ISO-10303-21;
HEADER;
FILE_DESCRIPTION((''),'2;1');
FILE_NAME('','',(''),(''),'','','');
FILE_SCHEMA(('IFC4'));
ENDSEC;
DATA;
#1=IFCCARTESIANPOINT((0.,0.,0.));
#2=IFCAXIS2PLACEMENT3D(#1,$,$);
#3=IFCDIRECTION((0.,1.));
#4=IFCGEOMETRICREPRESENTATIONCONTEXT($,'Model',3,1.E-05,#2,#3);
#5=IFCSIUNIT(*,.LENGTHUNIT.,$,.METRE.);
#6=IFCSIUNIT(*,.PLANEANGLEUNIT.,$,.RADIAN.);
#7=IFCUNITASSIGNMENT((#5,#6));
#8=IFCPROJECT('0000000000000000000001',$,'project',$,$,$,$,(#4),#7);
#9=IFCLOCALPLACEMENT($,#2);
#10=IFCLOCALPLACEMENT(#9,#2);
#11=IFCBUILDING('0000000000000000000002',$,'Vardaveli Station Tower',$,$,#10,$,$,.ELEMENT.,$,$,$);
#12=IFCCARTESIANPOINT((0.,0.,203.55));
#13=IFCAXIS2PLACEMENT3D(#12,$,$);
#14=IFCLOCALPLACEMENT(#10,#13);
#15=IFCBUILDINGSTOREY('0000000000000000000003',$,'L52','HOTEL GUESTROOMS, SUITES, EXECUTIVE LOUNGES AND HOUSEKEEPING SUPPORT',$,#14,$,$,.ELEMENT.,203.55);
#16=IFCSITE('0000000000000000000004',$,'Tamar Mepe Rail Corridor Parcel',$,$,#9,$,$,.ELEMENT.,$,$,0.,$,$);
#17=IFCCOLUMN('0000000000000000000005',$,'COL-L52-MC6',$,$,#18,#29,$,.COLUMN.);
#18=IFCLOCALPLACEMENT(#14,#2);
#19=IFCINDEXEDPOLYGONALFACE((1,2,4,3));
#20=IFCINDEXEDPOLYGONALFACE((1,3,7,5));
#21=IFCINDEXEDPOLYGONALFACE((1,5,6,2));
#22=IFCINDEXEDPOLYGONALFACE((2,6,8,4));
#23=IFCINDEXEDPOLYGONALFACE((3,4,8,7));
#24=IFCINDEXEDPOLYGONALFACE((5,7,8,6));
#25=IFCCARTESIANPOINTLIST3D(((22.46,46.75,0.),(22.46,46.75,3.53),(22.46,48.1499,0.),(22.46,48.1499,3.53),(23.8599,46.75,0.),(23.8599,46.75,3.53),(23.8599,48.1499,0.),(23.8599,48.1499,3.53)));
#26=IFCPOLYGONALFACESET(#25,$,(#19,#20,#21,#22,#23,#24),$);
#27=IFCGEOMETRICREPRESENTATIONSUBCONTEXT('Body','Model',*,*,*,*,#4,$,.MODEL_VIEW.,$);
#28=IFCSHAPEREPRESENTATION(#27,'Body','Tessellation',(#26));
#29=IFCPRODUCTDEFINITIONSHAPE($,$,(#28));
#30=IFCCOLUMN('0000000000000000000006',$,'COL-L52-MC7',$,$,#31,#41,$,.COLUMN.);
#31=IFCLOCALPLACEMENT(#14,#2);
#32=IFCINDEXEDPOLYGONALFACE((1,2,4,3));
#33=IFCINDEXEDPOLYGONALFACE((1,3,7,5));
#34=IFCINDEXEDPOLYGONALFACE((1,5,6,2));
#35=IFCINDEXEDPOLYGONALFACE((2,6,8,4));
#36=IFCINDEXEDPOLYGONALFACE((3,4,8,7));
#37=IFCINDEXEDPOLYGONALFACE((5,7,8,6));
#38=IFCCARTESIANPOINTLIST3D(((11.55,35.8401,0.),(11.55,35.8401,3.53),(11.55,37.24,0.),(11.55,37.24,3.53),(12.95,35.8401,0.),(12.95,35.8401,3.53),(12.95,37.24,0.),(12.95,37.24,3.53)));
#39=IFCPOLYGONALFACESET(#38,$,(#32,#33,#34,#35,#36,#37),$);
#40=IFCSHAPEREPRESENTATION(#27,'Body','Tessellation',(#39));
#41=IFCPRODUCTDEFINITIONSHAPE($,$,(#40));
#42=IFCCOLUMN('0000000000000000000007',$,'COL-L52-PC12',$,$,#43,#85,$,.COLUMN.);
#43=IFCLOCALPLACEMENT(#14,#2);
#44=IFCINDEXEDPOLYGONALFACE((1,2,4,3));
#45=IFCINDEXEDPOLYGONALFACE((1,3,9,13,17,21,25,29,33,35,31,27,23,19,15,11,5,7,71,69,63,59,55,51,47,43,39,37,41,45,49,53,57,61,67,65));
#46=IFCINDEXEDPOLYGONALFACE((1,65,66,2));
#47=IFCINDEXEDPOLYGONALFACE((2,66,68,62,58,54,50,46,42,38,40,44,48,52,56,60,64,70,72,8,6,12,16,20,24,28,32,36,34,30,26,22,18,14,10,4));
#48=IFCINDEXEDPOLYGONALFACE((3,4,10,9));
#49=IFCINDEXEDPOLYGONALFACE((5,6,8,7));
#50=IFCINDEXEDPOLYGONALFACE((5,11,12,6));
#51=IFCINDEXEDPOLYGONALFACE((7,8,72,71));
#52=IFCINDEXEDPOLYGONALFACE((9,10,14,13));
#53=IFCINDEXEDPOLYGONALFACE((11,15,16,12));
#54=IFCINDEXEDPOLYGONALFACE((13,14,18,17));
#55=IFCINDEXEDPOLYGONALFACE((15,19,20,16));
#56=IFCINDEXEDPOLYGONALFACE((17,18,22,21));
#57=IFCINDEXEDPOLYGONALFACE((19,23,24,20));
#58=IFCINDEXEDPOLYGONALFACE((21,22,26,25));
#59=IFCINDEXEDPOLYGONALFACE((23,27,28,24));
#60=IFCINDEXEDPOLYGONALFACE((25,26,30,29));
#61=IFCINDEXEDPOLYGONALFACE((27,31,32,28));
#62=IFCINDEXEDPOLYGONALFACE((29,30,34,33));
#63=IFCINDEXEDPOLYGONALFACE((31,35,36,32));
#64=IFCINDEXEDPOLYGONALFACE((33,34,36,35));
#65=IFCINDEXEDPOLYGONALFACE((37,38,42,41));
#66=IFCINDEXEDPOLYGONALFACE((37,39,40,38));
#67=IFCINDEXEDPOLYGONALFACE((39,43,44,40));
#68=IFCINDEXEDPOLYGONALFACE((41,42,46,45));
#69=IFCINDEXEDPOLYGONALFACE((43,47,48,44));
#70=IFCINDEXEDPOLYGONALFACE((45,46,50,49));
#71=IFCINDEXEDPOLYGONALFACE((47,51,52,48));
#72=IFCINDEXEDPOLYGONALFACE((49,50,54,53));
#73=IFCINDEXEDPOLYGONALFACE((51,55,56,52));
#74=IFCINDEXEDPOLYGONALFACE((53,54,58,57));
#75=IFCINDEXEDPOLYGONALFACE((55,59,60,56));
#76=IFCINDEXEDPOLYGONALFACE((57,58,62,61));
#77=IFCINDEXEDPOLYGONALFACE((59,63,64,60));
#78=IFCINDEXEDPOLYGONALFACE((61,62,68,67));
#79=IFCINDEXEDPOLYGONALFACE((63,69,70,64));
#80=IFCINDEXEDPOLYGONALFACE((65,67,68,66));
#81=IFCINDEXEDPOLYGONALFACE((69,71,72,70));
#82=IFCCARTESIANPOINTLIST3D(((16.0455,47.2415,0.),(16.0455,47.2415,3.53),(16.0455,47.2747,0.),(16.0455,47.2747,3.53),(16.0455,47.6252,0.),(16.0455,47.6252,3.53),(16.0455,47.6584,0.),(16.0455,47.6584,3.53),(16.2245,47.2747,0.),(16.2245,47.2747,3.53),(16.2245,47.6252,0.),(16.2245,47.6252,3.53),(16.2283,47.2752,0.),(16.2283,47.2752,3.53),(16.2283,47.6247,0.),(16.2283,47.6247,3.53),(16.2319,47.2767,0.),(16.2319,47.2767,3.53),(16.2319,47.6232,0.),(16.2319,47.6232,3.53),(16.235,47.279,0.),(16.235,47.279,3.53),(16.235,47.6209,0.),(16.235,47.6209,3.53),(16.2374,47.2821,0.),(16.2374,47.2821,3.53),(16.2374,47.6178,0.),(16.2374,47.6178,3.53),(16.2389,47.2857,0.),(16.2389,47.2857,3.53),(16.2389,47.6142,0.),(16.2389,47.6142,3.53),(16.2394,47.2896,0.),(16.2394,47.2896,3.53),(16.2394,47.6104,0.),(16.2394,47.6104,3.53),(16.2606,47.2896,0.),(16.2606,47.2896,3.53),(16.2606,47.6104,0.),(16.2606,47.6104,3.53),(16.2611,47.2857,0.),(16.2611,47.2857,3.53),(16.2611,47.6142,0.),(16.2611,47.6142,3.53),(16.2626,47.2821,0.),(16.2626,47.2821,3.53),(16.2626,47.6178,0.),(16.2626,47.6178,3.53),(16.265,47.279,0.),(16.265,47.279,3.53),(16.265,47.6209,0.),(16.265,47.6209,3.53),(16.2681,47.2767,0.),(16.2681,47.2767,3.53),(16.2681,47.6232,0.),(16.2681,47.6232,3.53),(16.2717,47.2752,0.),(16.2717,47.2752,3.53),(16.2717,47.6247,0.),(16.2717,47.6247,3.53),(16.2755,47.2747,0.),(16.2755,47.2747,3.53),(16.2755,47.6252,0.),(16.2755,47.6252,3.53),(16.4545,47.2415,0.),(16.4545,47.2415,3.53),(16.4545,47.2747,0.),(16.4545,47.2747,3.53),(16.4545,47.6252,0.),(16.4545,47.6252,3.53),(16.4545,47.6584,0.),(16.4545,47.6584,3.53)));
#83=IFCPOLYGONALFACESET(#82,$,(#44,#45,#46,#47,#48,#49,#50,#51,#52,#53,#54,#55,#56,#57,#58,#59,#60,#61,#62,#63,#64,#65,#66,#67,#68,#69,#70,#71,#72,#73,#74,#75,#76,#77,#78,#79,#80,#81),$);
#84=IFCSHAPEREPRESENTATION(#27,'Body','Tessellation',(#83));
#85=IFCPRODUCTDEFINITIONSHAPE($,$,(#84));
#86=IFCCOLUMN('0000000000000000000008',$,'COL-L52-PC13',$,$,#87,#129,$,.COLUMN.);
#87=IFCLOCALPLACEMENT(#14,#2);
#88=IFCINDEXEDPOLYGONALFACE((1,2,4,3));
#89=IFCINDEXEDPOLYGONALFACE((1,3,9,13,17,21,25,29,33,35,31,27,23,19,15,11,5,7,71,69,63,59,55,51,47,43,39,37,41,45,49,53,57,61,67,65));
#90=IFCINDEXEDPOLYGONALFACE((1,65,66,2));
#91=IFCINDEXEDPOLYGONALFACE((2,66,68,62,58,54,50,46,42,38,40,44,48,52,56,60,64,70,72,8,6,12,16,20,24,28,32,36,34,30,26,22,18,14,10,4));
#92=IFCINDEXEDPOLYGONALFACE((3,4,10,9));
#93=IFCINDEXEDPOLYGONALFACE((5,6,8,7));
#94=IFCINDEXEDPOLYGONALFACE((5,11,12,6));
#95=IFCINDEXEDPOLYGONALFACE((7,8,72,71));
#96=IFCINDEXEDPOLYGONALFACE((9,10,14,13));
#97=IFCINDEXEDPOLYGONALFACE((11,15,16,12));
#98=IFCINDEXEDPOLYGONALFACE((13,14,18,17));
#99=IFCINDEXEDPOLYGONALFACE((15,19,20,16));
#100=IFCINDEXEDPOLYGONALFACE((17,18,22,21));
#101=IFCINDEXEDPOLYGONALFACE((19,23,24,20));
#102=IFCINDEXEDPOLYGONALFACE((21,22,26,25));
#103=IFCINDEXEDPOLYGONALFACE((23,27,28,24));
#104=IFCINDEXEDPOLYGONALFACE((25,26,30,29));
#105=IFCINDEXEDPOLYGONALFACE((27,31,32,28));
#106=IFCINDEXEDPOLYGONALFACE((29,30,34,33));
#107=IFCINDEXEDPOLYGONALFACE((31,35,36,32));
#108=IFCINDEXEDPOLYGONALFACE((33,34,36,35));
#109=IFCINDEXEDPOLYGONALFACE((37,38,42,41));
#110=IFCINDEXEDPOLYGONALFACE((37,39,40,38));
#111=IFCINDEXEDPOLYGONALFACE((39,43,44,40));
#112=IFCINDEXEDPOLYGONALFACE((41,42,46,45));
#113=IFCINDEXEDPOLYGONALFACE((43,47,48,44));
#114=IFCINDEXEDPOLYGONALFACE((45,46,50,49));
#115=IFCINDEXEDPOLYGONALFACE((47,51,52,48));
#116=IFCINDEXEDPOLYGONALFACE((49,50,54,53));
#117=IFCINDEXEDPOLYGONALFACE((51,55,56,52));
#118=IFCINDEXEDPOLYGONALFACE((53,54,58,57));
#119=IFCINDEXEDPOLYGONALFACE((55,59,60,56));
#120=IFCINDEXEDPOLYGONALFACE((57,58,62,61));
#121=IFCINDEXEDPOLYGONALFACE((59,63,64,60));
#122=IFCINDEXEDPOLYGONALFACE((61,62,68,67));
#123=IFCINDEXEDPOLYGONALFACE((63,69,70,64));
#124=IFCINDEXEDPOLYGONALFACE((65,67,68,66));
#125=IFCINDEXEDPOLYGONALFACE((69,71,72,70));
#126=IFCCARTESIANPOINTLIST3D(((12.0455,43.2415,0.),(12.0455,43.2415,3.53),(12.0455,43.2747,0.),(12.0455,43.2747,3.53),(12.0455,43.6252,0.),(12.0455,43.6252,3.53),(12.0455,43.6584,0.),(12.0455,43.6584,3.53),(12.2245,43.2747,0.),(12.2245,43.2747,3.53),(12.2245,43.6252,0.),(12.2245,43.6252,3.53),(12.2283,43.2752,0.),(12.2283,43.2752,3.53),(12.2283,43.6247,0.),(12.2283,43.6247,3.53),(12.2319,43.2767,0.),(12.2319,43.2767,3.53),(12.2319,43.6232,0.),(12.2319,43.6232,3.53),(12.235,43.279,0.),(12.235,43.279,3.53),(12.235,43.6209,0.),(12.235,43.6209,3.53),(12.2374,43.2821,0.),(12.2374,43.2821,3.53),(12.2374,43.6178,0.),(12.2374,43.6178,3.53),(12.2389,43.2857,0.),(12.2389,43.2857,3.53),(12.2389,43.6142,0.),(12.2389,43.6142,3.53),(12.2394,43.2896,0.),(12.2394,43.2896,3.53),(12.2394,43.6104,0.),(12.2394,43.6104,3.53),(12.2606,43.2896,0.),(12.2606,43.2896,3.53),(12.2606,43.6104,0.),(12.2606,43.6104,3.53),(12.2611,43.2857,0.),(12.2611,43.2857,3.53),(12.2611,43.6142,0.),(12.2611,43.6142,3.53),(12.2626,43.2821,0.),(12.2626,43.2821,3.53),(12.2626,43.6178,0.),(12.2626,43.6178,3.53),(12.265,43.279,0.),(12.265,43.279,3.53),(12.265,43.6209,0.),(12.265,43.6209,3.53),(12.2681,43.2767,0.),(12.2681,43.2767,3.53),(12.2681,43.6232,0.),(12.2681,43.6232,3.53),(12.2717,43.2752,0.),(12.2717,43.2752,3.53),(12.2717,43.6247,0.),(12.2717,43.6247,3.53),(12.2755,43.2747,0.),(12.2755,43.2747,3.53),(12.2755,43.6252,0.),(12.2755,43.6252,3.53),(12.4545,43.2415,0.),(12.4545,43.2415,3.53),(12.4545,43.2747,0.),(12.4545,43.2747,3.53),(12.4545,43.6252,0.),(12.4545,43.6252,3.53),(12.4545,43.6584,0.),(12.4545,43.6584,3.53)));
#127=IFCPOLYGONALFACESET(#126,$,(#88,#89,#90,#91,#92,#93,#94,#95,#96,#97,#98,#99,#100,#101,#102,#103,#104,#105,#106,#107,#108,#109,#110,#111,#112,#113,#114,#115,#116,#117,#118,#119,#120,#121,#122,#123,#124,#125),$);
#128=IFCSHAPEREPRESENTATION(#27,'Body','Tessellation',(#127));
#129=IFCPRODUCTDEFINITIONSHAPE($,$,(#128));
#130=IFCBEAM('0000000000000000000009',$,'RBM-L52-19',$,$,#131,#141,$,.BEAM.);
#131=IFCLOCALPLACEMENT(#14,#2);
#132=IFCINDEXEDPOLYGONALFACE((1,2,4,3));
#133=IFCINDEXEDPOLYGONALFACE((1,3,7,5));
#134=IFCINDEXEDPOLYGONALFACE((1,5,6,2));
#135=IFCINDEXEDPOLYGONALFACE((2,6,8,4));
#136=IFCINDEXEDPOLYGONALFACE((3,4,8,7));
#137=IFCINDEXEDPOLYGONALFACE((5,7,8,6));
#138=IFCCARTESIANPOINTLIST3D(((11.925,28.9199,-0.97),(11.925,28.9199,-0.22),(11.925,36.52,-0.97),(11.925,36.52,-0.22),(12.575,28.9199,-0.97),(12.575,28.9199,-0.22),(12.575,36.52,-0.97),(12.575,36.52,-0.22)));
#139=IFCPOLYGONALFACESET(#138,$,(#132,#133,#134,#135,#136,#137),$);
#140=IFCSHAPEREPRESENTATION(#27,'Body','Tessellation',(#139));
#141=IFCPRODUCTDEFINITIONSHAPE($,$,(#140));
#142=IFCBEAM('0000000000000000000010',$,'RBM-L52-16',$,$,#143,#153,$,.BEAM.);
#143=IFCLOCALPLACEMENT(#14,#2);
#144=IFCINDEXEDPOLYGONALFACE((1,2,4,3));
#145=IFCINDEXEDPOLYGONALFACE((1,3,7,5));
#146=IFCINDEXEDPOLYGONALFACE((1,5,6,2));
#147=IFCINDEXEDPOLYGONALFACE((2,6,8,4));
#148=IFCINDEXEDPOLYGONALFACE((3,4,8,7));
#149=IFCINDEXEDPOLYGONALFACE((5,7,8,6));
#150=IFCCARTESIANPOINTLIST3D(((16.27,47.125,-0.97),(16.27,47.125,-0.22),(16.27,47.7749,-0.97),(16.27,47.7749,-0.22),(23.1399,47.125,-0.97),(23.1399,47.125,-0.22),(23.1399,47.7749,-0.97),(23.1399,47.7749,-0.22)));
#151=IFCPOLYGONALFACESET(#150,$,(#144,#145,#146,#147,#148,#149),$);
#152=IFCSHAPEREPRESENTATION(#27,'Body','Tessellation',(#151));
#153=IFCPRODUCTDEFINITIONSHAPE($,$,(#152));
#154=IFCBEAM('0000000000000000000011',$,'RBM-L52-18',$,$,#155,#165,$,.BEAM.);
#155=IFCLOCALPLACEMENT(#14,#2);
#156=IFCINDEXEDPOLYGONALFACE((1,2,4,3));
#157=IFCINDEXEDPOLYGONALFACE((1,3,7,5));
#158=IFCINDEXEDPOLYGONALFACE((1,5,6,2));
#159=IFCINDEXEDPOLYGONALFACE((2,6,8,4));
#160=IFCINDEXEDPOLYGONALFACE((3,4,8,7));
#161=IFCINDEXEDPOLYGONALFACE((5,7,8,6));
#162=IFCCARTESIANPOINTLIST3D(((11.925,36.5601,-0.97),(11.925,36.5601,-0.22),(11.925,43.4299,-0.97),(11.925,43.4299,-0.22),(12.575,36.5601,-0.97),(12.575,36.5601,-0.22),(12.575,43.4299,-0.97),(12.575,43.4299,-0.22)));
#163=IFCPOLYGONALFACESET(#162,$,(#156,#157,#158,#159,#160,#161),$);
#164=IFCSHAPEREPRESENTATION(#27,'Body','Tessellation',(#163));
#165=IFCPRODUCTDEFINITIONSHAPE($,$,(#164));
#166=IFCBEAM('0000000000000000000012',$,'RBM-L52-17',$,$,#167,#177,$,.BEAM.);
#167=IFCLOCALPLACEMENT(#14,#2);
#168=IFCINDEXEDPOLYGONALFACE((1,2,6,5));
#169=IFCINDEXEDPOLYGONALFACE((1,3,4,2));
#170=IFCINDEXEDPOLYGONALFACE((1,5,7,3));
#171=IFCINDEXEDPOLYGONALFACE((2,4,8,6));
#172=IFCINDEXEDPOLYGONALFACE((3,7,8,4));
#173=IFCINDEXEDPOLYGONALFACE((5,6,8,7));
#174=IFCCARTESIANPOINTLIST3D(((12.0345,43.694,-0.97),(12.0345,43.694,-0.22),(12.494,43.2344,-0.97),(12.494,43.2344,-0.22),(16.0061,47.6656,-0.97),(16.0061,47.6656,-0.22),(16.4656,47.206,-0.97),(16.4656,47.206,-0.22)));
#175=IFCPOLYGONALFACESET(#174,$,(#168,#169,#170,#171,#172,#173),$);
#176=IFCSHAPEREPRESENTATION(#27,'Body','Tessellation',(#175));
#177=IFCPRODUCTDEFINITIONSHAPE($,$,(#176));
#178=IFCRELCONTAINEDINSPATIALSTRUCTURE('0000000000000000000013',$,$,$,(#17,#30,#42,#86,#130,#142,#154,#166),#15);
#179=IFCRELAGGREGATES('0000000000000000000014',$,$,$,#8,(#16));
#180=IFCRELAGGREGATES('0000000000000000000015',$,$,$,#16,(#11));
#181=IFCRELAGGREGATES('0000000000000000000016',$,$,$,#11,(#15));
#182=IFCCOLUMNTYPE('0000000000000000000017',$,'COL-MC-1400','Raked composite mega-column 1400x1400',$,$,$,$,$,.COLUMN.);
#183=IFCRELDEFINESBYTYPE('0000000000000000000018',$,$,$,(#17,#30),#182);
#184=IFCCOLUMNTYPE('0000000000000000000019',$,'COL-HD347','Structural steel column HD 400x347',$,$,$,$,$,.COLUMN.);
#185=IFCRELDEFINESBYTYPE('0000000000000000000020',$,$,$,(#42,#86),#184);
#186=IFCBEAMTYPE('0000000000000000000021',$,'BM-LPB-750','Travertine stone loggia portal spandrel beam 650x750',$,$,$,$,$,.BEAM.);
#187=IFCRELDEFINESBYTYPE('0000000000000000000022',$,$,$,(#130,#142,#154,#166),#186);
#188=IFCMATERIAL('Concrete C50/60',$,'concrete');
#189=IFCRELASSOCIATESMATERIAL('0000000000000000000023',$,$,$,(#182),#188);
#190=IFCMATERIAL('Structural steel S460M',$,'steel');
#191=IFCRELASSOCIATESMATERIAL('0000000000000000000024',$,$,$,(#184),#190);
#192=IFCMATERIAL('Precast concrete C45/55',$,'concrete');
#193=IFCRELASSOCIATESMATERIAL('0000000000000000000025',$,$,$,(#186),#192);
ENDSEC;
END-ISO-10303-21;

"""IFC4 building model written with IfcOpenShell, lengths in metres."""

from ifc_helpers import new_model, si_unit, direction, frame, origin, origin_2d, place, context, subcontext, project, spatial, rectangle, i_section, extrude, source, transform, mapped, material, material_profile, profile_set, type_object, element, save


model = new_model("IFC4")

# Units and contexts
model_context = context("Model", 3, precision=1e-05, world=origin(), true_north=direction((0.0, 1.0)))
body_context = subcontext(model_context, "Body", "Model", "MODEL_VIEW")
ifc_project = project(units=[si_unit("LENGTHUNIT", "METRE"), si_unit("PLANEANGLEUNIT", "RADIAN")], contexts=[model_context])

# Site, building, storey
site_placement = place(None, origin())
site = spatial("IfcSite", under=ifc_project, at=site_placement, Name="Tamar Mepe Rail Corridor Parcel", CompositionType="ELEMENT", RefElevation=0.0)
building_placement = place(site_placement, origin())
building = spatial("IfcBuilding", under=site, at=building_placement, Name="Vardaveli Station Tower", CompositionType="ELEMENT")
storey_placement = place(building_placement, frame((0.0, 0.0, 203.55)))
storey = spatial("IfcBuildingStorey", under=building, at=storey_placement, Name="L52", Description="HOTEL GUESTROOMS, SUITES, EXECUTIVE LOUNGES AND HOUSEKEEPING SUPPORT", CompositionType="ELEMENT", Elevation=203.55)

# Columns
ifc_material_1 = material(Name="Concrete C50/60", Category="concrete")
ifc_material_profile_1 = material_profile(ifc_material_1, rectangle(XDim=1.3999, YDim=1.3999, at=origin_2d()), Name="MC 1400x1400")
ifc_profile_set_1 = profile_set([ifc_material_profile_1], Name="Concrete C50/60")
column_type_1 = type_object("IfcColumnType", Name="COL-MC-1400", Description="Raked composite mega-column 1400x1400", PredefinedType="COLUMN", material=ifc_profile_set_1)
shared_shape_1 = source(origin(), body_context, "Body", "SweptSolid", [
    extrude(rectangle(XDim=1.3999, YDim=1.3999, at=origin_2d()), origin(), (0.0, 0.0, 1.0), 3.53),
])
for number, where, z_axis, x_axis, name in (
    (1, (23.1599, 47.45, 0.0), (0.0, 0.0, 1.0), (1.0, 0.0, 0.0), "COL-L52-MC6"),
    (2, (12.25, 36.54, 0.0), (0.0, 0.0, 1.0), (1.0, 0.0, 0.0), "COL-L52-MC7"),
):
    element("IfcColumn", number, at=place(storey_placement, frame(where, z_axis=z_axis, x_axis=x_axis)), inside=storey, type_object=column_type_1, Name=name, PredefinedType="COLUMN", context=body_context, shape_type="MappedRepresentation", body=[
        mapped(shared_shape_1, transform((0.0, 0.0, 0.0), scale=1.0)),
    ])
ifc_material_2 = material(Name="Structural steel S460M", Category="steel")
ifc_material_profile_2 = material_profile(ifc_material_2, i_section(OverallWidth=0.4089, OverallDepth=0.417, WebThickness=0.0212, FlangeThickness=0.0332, FilletRadius=0.0149, at=origin_2d()), Name="HD 400x347")
ifc_profile_set_2 = profile_set([ifc_material_profile_2], Name="Structural steel S460M")
column_type_2 = type_object("IfcColumnType", Name="COL-HD347", Description="Structural steel column HD 400x347", PredefinedType="COLUMN", material=ifc_profile_set_2)
shared_shape_2 = source(origin(), body_context, "Body", "SweptSolid", [
    extrude(i_section(OverallWidth=0.4089, OverallDepth=0.417, WebThickness=0.0212, FlangeThickness=0.0332, FilletRadius=0.0149, at=origin_2d()), origin(), (0.0, 0.0, 1.0), 3.53),
])
for number, where, z_axis, x_axis, name in (
    (3, (16.25, 47.45, 0.0), (0.0, 0.0, 1.0), (1.0, 0.0, 0.0), "COL-L52-PC12"),
    (4, (12.25, 43.45, 0.0), (0.0, 0.0, 1.0), (1.0, 0.0, 0.0), "COL-L52-PC13"),
):
    element("IfcColumn", number, at=place(storey_placement, frame(where, z_axis=z_axis, x_axis=x_axis)), inside=storey, type_object=column_type_2, Name=name, PredefinedType="COLUMN", context=body_context, shape_type="MappedRepresentation", body=[
        mapped(shared_shape_2, transform((0.0, 0.0, 0.0), scale=1.0)),
    ])

# Beams
ifc_material_3 = material(Name="Precast concrete C45/55", Category="concrete")
ifc_material_profile_3 = material_profile(ifc_material_3, rectangle(XDim=0.6499, YDim=0.75, at=origin_2d()), Name="LPB 650x750")
ifc_profile_set_3 = profile_set([ifc_material_profile_3], Name="Precast concrete C45/55")
beam_type_1 = type_object("IfcBeamType", Name="BM-LPB-750", Description="Travertine stone loggia portal spandrel beam 650x750", PredefinedType="BEAM", material=ifc_profile_set_3)
shared_shape_3 = source(origin(), body_context, "Body", "SweptSolid", [
    extrude(rectangle(XDim=0.6499, YDim=0.75, at=origin_2d()), origin(), (0.0, 0.0, 1.0), 7.6001),
])
beam_1_placement = place(storey_placement, frame((12.25, 36.52, -0.595), z_axis=(0.0, -1.0, 0.0), x_axis=(1.0, 0.0, 0.0)))
element("IfcBeam", 5, at=beam_1_placement, inside=storey, type_object=beam_type_1, Name="RBM-L52-19", PredefinedType="BEAM", context=body_context, shape_type="MappedRepresentation", body=[
    mapped(shared_shape_3, transform((0.0, 0.0, 0.0), scale=1.0)),
])
shared_shape_4 = source(origin(), body_context, "Body", "SweptSolid", [
    extrude(rectangle(XDim=0.6499, YDim=0.75, at=origin_2d()), origin(), (0.0, 0.0, 1.0), 6.8699),
])
for number, where, z_axis, x_axis, name in (
    (6, (23.1399, 47.45, -0.595), (-1.0, 0.0, 0.0), (0.0, -1.0, 0.0), "RBM-L52-16"),
    (7, (12.25, 43.4299, -0.595), (0.0, -1.0, 0.0), (1.0, 0.0, 0.0), "RBM-L52-18"),
):
    element("IfcBeam", number, at=place(storey_placement, frame(where, z_axis=z_axis, x_axis=x_axis)), inside=storey, type_object=beam_type_1, Name=name, PredefinedType="BEAM", context=body_context, shape_type="MappedRepresentation", body=[
        mapped(shared_shape_4, transform((0.0, 0.0, 0.0), scale=1.0)),
    ])
shared_shape_5 = source(origin(), body_context, "Body", "SweptSolid", [
    extrude(rectangle(XDim=0.6499, YDim=0.75, at=origin_2d()), origin(), (0.0, 0.0, 1.0), 5.6167),
])
beam_2_placement = place(storey_placement, frame((16.2358, 47.4358, -0.595), z_axis=(-0.707107, -0.707107, 0.0), x_axis=(0.707107, -0.707107, 0.0)))
element("IfcBeam", 8, at=beam_2_placement, inside=storey, type_object=beam_type_1, Name="RBM-L52-17", PredefinedType="BEAM", context=body_context, shape_type="MappedRepresentation", body=[
    mapped(shared_shape_5, transform((0.0, 0.0, 0.0), scale=1.0)),
])

save(model, "model.ifc")
